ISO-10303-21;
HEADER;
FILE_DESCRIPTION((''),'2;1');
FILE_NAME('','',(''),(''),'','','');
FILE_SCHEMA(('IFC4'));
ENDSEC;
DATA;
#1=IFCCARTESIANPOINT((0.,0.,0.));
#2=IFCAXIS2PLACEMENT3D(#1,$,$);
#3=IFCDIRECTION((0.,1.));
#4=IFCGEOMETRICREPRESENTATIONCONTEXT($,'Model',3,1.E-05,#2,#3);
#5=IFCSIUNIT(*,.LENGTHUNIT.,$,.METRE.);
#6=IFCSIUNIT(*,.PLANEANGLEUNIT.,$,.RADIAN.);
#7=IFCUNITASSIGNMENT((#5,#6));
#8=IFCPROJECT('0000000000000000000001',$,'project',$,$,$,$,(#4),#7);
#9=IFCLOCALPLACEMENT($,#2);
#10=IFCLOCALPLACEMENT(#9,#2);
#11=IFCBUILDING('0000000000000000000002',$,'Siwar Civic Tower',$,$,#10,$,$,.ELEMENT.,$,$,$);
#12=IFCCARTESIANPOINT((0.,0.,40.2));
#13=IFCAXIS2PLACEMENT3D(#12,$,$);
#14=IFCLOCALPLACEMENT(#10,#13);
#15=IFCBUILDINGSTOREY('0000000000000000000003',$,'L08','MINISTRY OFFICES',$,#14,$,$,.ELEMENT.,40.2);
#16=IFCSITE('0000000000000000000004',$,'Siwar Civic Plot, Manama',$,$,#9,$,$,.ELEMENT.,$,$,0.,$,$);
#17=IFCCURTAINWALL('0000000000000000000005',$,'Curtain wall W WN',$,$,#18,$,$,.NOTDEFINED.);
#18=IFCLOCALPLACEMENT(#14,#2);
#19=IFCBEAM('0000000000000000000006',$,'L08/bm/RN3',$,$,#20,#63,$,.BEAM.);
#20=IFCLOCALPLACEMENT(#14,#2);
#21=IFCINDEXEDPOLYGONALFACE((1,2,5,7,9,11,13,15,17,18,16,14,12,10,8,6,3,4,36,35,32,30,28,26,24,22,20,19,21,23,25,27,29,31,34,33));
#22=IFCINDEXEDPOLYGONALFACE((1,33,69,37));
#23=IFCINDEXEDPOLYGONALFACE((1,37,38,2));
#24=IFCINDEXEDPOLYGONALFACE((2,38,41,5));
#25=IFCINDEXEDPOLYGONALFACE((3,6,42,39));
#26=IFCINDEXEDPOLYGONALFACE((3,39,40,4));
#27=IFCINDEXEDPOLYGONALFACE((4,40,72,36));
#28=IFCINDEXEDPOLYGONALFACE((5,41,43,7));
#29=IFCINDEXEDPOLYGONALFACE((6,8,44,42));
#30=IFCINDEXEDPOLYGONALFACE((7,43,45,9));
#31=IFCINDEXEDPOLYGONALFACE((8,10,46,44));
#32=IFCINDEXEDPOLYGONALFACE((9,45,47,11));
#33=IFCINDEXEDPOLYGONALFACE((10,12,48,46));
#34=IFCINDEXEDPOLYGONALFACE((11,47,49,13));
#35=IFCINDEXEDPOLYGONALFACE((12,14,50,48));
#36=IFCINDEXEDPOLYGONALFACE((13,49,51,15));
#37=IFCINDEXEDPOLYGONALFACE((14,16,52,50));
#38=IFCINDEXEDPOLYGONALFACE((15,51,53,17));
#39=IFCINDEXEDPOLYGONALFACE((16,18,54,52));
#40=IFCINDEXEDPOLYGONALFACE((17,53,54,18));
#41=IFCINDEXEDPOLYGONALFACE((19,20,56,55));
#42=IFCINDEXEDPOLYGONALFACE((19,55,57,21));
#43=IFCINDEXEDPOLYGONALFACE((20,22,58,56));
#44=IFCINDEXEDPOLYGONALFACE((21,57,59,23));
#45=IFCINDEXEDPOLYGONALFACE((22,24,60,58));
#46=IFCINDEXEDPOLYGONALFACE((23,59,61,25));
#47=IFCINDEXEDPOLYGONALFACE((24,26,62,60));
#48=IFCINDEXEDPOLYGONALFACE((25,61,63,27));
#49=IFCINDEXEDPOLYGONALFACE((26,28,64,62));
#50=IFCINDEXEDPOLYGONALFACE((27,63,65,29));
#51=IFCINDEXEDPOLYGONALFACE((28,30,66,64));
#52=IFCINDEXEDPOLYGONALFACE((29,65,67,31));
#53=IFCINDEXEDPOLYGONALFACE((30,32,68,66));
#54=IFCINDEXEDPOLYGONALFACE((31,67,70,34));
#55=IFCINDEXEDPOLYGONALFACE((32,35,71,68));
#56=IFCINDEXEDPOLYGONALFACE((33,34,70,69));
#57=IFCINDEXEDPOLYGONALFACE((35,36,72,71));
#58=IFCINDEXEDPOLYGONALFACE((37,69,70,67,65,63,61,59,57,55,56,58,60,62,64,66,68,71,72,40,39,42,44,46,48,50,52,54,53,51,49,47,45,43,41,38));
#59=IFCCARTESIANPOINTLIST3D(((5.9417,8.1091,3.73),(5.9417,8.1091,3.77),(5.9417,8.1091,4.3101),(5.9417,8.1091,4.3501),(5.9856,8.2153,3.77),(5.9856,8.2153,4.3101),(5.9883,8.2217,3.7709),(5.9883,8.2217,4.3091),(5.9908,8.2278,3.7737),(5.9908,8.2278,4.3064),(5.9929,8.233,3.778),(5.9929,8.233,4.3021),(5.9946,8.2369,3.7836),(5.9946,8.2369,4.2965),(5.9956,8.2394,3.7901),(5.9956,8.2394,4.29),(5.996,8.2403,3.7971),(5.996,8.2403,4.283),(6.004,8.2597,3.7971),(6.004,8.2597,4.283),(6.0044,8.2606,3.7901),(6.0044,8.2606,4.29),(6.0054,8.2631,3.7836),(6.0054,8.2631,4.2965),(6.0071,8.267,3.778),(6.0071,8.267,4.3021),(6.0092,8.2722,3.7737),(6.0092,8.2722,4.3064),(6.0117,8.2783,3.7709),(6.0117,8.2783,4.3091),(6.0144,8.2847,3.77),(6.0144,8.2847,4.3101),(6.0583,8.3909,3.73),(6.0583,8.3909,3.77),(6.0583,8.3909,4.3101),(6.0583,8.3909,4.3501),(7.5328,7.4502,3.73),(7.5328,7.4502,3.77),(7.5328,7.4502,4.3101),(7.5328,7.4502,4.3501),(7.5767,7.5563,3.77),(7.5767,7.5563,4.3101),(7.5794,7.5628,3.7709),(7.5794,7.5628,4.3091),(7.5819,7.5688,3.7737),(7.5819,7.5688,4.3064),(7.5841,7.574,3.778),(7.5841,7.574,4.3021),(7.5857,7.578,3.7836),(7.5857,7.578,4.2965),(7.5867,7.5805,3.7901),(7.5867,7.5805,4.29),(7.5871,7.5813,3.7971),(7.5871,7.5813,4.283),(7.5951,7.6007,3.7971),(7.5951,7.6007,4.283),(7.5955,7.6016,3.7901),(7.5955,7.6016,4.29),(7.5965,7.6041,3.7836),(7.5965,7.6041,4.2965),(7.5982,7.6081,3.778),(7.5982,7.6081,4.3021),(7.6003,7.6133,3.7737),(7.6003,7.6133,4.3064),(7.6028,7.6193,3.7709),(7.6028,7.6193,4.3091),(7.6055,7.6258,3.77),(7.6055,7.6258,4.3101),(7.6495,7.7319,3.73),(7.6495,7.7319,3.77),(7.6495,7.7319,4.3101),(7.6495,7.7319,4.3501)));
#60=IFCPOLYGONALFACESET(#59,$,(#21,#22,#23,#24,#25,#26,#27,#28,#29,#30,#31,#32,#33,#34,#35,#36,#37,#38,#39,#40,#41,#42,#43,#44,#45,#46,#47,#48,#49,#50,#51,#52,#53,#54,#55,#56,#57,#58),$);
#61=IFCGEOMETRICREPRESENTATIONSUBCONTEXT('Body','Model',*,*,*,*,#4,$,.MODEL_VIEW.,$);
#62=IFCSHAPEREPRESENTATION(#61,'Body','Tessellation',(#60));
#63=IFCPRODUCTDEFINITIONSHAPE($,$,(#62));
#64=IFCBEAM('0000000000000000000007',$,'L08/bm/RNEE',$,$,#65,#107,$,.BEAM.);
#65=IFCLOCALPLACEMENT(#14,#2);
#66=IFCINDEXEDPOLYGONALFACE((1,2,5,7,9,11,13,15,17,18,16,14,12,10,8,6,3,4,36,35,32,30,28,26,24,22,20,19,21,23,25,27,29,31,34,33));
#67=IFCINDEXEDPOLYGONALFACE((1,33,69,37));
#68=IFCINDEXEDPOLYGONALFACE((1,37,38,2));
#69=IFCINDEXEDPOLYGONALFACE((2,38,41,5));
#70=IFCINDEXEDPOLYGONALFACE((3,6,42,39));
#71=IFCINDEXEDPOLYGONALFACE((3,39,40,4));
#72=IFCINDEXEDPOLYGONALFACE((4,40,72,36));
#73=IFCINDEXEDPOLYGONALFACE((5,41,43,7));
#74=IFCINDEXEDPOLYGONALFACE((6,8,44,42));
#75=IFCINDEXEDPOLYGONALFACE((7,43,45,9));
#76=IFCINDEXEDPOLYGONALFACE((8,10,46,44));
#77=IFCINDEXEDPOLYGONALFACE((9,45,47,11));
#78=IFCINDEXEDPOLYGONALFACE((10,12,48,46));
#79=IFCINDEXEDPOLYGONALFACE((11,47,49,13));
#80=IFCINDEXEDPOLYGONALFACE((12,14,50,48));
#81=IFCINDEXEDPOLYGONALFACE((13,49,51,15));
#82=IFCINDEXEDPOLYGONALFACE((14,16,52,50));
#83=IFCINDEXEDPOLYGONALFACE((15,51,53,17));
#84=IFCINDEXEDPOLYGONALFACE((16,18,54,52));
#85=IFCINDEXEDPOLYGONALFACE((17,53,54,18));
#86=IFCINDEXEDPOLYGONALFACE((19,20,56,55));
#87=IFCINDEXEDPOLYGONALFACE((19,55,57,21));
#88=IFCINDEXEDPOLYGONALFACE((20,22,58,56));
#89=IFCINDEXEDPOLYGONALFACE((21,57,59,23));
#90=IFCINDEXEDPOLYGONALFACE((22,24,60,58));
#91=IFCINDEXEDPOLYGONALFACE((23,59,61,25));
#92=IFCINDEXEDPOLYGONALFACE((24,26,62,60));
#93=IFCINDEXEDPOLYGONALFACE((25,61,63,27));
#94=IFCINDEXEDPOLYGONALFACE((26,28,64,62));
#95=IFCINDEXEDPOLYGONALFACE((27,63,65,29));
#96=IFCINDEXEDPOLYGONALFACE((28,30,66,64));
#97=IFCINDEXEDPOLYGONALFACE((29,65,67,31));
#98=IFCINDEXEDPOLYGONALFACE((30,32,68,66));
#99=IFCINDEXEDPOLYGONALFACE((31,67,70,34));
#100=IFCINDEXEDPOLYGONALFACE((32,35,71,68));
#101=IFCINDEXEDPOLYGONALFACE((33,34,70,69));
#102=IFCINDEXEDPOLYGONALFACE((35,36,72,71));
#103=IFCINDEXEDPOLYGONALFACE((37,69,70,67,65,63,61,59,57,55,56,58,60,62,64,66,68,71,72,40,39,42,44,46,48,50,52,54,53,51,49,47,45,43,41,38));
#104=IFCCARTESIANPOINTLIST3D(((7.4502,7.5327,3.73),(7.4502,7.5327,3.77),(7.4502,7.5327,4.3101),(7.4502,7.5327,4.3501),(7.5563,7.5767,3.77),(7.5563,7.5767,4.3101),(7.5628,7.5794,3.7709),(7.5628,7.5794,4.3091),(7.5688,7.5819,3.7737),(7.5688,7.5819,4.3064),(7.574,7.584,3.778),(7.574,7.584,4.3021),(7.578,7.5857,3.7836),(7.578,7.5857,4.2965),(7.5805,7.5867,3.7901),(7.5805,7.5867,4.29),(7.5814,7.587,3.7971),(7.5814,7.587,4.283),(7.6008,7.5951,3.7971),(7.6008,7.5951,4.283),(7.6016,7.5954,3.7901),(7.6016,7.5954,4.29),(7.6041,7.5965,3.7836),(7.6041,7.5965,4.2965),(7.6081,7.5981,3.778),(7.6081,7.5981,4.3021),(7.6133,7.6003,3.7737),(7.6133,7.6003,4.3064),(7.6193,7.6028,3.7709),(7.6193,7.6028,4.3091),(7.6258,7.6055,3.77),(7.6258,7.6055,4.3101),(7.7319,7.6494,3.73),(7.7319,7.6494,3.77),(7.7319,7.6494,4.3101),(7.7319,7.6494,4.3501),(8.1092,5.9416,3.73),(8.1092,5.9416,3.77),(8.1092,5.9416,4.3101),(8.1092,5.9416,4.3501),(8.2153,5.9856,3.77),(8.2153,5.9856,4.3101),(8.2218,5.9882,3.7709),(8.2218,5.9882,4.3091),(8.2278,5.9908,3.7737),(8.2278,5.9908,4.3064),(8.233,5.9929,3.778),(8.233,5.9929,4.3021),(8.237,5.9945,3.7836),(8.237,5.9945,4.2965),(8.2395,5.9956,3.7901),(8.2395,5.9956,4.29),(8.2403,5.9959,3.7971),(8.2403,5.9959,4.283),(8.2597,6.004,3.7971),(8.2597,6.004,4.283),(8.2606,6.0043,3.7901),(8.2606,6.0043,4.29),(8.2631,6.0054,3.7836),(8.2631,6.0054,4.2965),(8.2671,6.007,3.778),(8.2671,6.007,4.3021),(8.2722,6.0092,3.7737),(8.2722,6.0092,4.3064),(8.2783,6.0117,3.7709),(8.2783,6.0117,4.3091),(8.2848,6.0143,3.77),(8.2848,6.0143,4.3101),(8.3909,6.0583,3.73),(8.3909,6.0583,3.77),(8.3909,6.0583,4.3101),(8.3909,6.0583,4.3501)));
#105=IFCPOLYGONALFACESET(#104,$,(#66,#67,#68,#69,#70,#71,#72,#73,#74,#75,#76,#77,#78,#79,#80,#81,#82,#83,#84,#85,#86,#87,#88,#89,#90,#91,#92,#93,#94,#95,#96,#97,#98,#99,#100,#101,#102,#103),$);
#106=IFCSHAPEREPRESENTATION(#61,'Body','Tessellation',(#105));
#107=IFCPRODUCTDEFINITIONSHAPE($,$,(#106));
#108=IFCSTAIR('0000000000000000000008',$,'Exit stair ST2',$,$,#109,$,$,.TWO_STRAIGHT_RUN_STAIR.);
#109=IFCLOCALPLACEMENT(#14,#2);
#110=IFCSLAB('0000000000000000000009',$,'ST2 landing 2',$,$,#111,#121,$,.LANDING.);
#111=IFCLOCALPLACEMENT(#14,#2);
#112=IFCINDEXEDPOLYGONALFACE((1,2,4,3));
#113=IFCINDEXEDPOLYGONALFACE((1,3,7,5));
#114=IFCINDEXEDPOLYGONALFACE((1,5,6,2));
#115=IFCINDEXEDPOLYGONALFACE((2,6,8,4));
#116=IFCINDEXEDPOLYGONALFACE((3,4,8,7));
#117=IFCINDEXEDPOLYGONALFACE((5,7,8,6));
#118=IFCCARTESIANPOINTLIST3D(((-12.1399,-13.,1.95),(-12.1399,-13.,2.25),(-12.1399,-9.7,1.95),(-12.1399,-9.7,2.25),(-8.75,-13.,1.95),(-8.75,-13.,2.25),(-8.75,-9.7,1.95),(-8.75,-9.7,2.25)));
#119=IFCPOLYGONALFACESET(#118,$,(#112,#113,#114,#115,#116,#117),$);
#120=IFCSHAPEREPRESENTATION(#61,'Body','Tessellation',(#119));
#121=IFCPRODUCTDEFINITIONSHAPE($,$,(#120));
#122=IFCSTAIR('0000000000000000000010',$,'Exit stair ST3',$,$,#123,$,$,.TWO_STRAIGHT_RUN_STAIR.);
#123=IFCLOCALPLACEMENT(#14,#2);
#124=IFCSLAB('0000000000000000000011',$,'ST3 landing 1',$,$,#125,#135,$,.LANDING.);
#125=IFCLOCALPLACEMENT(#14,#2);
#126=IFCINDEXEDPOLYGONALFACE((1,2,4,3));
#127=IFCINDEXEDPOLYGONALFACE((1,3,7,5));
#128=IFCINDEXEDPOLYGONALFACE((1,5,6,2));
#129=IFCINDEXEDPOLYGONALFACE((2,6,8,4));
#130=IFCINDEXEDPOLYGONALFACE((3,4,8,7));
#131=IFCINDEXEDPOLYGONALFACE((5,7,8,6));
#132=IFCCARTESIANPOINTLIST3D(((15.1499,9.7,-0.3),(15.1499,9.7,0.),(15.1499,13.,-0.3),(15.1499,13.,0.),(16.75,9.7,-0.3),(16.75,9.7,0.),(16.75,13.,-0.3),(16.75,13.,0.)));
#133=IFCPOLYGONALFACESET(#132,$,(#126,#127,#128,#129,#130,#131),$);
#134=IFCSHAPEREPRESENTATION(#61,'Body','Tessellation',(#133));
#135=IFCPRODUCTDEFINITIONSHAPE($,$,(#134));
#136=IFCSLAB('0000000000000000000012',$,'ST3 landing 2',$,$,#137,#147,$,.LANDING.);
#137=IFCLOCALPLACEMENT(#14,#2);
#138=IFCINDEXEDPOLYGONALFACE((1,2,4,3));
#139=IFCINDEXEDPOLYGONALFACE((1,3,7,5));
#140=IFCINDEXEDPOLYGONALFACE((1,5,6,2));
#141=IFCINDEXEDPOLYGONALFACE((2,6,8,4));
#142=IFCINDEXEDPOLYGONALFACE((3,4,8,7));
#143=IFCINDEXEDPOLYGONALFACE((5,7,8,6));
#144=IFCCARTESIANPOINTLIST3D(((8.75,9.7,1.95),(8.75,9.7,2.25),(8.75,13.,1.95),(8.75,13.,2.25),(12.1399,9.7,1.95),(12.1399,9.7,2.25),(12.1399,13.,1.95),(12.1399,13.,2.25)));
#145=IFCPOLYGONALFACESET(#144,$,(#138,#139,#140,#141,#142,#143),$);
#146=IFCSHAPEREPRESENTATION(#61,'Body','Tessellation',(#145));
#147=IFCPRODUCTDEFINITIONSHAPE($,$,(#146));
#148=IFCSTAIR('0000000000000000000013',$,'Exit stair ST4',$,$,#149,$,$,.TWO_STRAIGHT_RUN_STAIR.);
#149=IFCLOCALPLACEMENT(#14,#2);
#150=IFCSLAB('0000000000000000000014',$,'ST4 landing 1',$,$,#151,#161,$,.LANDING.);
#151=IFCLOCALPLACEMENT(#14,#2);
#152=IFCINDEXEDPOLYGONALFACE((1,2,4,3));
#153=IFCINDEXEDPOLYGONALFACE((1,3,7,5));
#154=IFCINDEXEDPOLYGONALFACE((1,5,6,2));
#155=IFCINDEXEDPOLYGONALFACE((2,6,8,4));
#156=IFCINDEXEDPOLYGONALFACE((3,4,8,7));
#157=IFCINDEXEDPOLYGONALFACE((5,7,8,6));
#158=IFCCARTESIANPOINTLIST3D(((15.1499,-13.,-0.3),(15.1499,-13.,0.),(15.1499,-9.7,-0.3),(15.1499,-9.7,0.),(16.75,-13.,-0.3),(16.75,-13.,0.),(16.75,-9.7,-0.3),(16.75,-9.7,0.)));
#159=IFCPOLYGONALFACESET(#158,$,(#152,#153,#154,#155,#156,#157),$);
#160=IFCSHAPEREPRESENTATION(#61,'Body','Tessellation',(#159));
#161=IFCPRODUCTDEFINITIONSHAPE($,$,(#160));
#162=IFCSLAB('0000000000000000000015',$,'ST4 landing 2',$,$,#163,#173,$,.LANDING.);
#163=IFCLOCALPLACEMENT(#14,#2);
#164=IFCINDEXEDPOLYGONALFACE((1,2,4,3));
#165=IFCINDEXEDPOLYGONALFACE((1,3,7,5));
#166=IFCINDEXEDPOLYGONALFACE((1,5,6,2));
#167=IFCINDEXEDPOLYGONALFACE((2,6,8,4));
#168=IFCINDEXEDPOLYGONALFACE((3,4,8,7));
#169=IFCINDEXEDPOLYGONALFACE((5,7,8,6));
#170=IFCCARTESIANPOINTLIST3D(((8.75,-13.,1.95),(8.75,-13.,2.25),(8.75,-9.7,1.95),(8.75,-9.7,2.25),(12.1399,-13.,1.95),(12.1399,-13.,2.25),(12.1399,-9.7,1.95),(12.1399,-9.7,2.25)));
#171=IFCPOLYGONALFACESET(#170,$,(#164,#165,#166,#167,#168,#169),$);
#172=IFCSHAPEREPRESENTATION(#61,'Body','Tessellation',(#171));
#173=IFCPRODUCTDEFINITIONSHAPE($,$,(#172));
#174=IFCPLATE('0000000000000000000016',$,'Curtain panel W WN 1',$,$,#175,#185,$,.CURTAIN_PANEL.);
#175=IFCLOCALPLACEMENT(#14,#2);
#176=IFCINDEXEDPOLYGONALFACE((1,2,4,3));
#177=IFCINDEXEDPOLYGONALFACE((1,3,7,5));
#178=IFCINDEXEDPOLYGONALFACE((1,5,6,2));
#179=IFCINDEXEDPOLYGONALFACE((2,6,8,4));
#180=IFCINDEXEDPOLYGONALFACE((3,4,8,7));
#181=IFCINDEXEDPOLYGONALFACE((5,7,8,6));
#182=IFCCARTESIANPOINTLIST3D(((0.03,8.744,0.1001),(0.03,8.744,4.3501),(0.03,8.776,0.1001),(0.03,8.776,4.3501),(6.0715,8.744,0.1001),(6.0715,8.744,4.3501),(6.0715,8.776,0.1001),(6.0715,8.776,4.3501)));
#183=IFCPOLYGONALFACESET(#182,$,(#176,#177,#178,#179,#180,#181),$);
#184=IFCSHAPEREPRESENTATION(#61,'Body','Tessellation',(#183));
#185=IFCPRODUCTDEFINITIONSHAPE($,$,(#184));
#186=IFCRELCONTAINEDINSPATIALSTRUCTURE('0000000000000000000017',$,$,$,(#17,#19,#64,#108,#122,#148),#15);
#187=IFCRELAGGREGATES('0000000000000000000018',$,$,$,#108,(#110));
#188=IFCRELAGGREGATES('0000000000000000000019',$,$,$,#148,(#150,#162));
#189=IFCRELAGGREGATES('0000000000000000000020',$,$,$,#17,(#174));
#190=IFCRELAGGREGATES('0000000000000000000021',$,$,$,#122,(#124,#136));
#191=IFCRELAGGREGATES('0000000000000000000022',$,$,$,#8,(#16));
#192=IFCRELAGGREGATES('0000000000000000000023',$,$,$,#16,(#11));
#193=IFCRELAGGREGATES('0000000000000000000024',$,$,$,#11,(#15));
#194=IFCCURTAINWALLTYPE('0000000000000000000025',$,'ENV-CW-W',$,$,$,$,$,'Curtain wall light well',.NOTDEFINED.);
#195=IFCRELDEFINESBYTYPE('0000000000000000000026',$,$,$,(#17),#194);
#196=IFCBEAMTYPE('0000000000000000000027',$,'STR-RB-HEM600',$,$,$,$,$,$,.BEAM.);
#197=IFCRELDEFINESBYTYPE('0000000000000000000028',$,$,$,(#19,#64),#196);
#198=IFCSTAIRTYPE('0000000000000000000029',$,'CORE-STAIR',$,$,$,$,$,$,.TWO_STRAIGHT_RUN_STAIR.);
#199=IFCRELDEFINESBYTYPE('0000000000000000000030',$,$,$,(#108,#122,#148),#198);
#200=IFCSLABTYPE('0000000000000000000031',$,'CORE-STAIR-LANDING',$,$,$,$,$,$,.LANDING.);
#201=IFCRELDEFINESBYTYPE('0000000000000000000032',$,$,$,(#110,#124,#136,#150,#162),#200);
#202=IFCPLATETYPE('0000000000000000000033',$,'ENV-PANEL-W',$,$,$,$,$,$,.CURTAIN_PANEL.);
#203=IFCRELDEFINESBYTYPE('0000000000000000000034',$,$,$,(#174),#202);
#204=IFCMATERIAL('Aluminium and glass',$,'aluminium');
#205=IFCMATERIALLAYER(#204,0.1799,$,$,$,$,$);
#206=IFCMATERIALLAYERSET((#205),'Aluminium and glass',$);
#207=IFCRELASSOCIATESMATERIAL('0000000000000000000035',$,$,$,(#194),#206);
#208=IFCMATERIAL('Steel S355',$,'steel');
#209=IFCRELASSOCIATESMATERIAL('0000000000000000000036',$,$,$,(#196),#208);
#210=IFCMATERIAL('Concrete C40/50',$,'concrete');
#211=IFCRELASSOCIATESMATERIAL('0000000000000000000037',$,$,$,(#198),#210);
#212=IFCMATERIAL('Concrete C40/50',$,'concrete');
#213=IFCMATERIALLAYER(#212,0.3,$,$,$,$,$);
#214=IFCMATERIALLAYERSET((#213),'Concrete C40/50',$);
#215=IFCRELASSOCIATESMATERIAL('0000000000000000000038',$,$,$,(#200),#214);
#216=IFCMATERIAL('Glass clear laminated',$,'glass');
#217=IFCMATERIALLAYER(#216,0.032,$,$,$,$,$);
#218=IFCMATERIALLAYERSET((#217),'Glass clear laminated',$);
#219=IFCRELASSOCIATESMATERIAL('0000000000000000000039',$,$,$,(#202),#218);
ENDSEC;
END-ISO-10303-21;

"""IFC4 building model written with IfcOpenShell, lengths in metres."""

from ifc_helpers import new_model, si_unit, direction, frame, origin, origin_2d, place, context, subcontext, project, spatial, polyline, rectangle, i_section, outline, extrude, material, layer, layer_set, material_profile, profile_set, type_object, element, aggregate, save


model = new_model("IFC4")

# Units and contexts
model_context = context("Model", 3, precision=1e-05, world=origin(), true_north=direction((0.0, 1.0)))
body_context = subcontext(model_context, "Body", "Model", "MODEL_VIEW")
ifc_project = project(units=[si_unit("LENGTHUNIT", "METRE"), si_unit("PLANEANGLEUNIT", "RADIAN")], contexts=[model_context])

# Site, building, storey
site_placement = place(None, origin())
site = spatial("IfcSite", under=ifc_project, at=site_placement, Name="Siwar Civic Plot, Manama", CompositionType="ELEMENT", RefElevation=0.0)
building_placement = place(site_placement, origin())
building = spatial("IfcBuilding", under=site, at=building_placement, Name="Siwar Civic Tower", CompositionType="ELEMENT")
storey_placement = place(building_placement, frame((0.0, 0.0, 40.2)))
storey = spatial("IfcBuildingStorey", under=building, at=storey_placement, Name="L08", Description="MINISTRY OFFICES", CompositionType="ELEMENT", Elevation=40.2)

# Curtain wall
ifc_material_1 = material(Name="Aluminium and glass", Category="aluminium")
ifc_layer_1 = layer(ifc_material_1, 0.1799)
ifc_layer_set_1 = layer_set([ifc_layer_1], Name="Aluminium and glass")
curtain_wall_type = type_object("IfcCurtainWallType", Name="ENV-CW-W", ElementType="Curtain wall light well", PredefinedType="NOTDEFINED", material=ifc_layer_set_1)
curtain_wall_placement = place(storey_placement, origin())
curtain_wall = element("IfcCurtainWall", 1, at=curtain_wall_placement, inside=storey, type_object=curtain_wall_type, Name="Curtain wall W WN", PredefinedType="NOTDEFINED")

# Beams
ifc_material_2 = material(Name="Steel S355", Category="steel")
ifc_material_profile_1 = material_profile(ifc_material_2, i_section(OverallWidth=0.3049, OverallDepth=0.6201, WebThickness=0.021, FlangeThickness=0.04, FilletRadius=0.0271, at=origin_2d()), Name="HEM600")
ifc_profile_set_1 = profile_set([ifc_material_profile_1], Name="Steel S355")
beam_type_1 = type_object("IfcBeamType", Name="STR-RB-HEM600", PredefinedType="BEAM", material=ifc_profile_set_1)
for number, where, z_axis, x_axis, name in (
    (2, (6.0, 8.25, 4.04), (0.923901, -0.382631, 0.0), (0.382631, 0.923901, 0.0), "L08/bm/RN3"),
    (3, (7.5911, 7.5911, 4.04), (0.382631, -0.923901, 0.0), (0.923901, 0.382631, 0.0), "L08/bm/RNEE"),
):
    element("IfcBeam", number, at=place(storey_placement, frame(where, z_axis=z_axis, x_axis=x_axis)), inside=storey, type_object=beam_type_1, Name=name, PredefinedType="BEAM", context=body_context, shape_type="SweptSolid", body=[
        extrude(i_section(OverallWidth=0.3049, OverallDepth=0.6201, WebThickness=0.021, FlangeThickness=0.04, FilletRadius=0.0271, at=origin_2d()), origin(), (0.0, 0.0, 1.0), 1.7222),
    ])

# Stair, slab
ifc_material_3 = material(Name="Concrete C40/50", Category="concrete")
stair_type = type_object("IfcStairType", Name="CORE-STAIR", PredefinedType="TWO_STRAIGHT_RUN_STAIR", material=ifc_material_3)
stair_1_placement = place(storey_placement, origin())
stair_1 = element("IfcStair", 4, at=stair_1_placement, inside=storey, type_object=stair_type, Name="Exit stair ST2", PredefinedType="TWO_STRAIGHT_RUN_STAIR")
ifc_material_4 = material(Name="Concrete C40/50", Category="concrete")
ifc_layer_2 = layer(ifc_material_4, 0.3)
ifc_layer_set_2 = layer_set([ifc_layer_2], Name="Concrete C40/50")
slab_type = type_object("IfcSlabType", Name="CORE-STAIR-LANDING", PredefinedType="LANDING", material=ifc_layer_set_2)
slab_1_placement = place(storey_placement, frame((0.0, 0.0, 1.95)))
slab_1 = element("IfcSlab", 5, at=slab_1_placement, type_object=slab_type, Name="ST2 landing 2", PredefinedType="LANDING", context=body_context, shape_type="SweptSolid", body=[
    extrude(outline(polyline([(-8.75, -9.7), (-12.1399, -9.7), (-12.1399, -13.0), (-8.75, -13.0), (-8.75, -9.7)])), origin(), (0.0, 0.0, 1.0), 0.3),
])
aggregate(stair_1, [slab_1])

# Stairs, slabs
stair_2_placement = place(storey_placement, origin())
stair_2 = element("IfcStair", 6, at=stair_2_placement, inside=storey, type_object=stair_type, Name="Exit stair ST3", PredefinedType="TWO_STRAIGHT_RUN_STAIR")
slab_2_placement = place(storey_placement, frame((0.0, 0.0, -0.3)))
slab_2 = element("IfcSlab", 7, at=slab_2_placement, type_object=slab_type, Name="ST3 landing 1", PredefinedType="LANDING", context=body_context, shape_type="SweptSolid", body=[
    extrude(outline(polyline([(15.1499, 9.7), (16.75, 9.7), (16.75, 13.0), (15.1499, 13.0), (15.1499, 9.7)])), origin(), (0.0, 0.0, 1.0), 0.3),
])
slab_3_placement = place(storey_placement, frame((0.0, 0.0, 1.95)))
slab_3 = element("IfcSlab", 8, at=slab_3_placement, type_object=slab_type, Name="ST3 landing 2", PredefinedType="LANDING", context=body_context, shape_type="SweptSolid", body=[
    extrude(outline(polyline([(8.75, 9.7), (12.1399, 9.7), (12.1399, 13.0), (8.75, 13.0), (8.75, 9.7)])), origin(), (0.0, 0.0, 1.0), 0.3),
])
stair_3_placement = place(storey_placement, origin())
stair_3 = element("IfcStair", 9, at=stair_3_placement, inside=storey, type_object=stair_type, Name="Exit stair ST4", PredefinedType="TWO_STRAIGHT_RUN_STAIR")
slab_4_placement = place(storey_placement, frame((0.0, 0.0, -0.3)))
slab_4 = element("IfcSlab", 10, at=slab_4_placement, type_object=slab_type, Name="ST4 landing 1", PredefinedType="LANDING", context=body_context, shape_type="SweptSolid", body=[
    extrude(outline(polyline([(15.1499, -13.0), (16.75, -13.0), (16.75, -9.7), (15.1499, -9.7), (15.1499, -13.0)])), origin(), (0.0, 0.0, 1.0), 0.3),
])
slab_5_placement = place(storey_placement, frame((0.0, 0.0, 1.95)))
slab_5 = element("IfcSlab", 11, at=slab_5_placement, type_object=slab_type, Name="ST4 landing 2", PredefinedType="LANDING", context=body_context, shape_type="SweptSolid", body=[
    extrude(outline(polyline([(8.75, -13.0), (12.1399, -13.0), (12.1399, -9.7), (8.75, -9.7), (8.75, -13.0)])), origin(), (0.0, 0.0, 1.0), 0.3),
])
aggregate(stair_3, [slab_4, slab_5])

# Plate
ifc_material_5 = material(Name="Glass clear laminated", Category="glass")
ifc_layer_3 = layer(ifc_material_5, 0.032)
ifc_layer_set_3 = layer_set([ifc_layer_3], Name="Glass clear laminated")
plate_type = type_object("IfcPlateType", Name="ENV-PANEL-W", PredefinedType="CURTAIN_PANEL", material=ifc_layer_set_3)
plate_placement = place(storey_placement, frame((3.0508, 8.76, 0.1001), z_axis=(0.0, 0.0, 1.0), x_axis=(-1.0, 0.0, 0.0)))
plate = element("IfcPlate", 12, at=plate_placement, type_object=plate_type, Name="Curtain panel W WN 1", PredefinedType="CURTAIN_PANEL", context=body_context, shape_type="SweptSolid", body=[
    extrude(rectangle(XDim=6.0415, YDim=0.032, at=origin_2d()), origin(), (0.0, 0.0, 1.0), 4.25),
])
aggregate(curtain_wall, [plate])

aggregate(stair_2, [slab_2, slab_3])

save(model, "model.ifc")
